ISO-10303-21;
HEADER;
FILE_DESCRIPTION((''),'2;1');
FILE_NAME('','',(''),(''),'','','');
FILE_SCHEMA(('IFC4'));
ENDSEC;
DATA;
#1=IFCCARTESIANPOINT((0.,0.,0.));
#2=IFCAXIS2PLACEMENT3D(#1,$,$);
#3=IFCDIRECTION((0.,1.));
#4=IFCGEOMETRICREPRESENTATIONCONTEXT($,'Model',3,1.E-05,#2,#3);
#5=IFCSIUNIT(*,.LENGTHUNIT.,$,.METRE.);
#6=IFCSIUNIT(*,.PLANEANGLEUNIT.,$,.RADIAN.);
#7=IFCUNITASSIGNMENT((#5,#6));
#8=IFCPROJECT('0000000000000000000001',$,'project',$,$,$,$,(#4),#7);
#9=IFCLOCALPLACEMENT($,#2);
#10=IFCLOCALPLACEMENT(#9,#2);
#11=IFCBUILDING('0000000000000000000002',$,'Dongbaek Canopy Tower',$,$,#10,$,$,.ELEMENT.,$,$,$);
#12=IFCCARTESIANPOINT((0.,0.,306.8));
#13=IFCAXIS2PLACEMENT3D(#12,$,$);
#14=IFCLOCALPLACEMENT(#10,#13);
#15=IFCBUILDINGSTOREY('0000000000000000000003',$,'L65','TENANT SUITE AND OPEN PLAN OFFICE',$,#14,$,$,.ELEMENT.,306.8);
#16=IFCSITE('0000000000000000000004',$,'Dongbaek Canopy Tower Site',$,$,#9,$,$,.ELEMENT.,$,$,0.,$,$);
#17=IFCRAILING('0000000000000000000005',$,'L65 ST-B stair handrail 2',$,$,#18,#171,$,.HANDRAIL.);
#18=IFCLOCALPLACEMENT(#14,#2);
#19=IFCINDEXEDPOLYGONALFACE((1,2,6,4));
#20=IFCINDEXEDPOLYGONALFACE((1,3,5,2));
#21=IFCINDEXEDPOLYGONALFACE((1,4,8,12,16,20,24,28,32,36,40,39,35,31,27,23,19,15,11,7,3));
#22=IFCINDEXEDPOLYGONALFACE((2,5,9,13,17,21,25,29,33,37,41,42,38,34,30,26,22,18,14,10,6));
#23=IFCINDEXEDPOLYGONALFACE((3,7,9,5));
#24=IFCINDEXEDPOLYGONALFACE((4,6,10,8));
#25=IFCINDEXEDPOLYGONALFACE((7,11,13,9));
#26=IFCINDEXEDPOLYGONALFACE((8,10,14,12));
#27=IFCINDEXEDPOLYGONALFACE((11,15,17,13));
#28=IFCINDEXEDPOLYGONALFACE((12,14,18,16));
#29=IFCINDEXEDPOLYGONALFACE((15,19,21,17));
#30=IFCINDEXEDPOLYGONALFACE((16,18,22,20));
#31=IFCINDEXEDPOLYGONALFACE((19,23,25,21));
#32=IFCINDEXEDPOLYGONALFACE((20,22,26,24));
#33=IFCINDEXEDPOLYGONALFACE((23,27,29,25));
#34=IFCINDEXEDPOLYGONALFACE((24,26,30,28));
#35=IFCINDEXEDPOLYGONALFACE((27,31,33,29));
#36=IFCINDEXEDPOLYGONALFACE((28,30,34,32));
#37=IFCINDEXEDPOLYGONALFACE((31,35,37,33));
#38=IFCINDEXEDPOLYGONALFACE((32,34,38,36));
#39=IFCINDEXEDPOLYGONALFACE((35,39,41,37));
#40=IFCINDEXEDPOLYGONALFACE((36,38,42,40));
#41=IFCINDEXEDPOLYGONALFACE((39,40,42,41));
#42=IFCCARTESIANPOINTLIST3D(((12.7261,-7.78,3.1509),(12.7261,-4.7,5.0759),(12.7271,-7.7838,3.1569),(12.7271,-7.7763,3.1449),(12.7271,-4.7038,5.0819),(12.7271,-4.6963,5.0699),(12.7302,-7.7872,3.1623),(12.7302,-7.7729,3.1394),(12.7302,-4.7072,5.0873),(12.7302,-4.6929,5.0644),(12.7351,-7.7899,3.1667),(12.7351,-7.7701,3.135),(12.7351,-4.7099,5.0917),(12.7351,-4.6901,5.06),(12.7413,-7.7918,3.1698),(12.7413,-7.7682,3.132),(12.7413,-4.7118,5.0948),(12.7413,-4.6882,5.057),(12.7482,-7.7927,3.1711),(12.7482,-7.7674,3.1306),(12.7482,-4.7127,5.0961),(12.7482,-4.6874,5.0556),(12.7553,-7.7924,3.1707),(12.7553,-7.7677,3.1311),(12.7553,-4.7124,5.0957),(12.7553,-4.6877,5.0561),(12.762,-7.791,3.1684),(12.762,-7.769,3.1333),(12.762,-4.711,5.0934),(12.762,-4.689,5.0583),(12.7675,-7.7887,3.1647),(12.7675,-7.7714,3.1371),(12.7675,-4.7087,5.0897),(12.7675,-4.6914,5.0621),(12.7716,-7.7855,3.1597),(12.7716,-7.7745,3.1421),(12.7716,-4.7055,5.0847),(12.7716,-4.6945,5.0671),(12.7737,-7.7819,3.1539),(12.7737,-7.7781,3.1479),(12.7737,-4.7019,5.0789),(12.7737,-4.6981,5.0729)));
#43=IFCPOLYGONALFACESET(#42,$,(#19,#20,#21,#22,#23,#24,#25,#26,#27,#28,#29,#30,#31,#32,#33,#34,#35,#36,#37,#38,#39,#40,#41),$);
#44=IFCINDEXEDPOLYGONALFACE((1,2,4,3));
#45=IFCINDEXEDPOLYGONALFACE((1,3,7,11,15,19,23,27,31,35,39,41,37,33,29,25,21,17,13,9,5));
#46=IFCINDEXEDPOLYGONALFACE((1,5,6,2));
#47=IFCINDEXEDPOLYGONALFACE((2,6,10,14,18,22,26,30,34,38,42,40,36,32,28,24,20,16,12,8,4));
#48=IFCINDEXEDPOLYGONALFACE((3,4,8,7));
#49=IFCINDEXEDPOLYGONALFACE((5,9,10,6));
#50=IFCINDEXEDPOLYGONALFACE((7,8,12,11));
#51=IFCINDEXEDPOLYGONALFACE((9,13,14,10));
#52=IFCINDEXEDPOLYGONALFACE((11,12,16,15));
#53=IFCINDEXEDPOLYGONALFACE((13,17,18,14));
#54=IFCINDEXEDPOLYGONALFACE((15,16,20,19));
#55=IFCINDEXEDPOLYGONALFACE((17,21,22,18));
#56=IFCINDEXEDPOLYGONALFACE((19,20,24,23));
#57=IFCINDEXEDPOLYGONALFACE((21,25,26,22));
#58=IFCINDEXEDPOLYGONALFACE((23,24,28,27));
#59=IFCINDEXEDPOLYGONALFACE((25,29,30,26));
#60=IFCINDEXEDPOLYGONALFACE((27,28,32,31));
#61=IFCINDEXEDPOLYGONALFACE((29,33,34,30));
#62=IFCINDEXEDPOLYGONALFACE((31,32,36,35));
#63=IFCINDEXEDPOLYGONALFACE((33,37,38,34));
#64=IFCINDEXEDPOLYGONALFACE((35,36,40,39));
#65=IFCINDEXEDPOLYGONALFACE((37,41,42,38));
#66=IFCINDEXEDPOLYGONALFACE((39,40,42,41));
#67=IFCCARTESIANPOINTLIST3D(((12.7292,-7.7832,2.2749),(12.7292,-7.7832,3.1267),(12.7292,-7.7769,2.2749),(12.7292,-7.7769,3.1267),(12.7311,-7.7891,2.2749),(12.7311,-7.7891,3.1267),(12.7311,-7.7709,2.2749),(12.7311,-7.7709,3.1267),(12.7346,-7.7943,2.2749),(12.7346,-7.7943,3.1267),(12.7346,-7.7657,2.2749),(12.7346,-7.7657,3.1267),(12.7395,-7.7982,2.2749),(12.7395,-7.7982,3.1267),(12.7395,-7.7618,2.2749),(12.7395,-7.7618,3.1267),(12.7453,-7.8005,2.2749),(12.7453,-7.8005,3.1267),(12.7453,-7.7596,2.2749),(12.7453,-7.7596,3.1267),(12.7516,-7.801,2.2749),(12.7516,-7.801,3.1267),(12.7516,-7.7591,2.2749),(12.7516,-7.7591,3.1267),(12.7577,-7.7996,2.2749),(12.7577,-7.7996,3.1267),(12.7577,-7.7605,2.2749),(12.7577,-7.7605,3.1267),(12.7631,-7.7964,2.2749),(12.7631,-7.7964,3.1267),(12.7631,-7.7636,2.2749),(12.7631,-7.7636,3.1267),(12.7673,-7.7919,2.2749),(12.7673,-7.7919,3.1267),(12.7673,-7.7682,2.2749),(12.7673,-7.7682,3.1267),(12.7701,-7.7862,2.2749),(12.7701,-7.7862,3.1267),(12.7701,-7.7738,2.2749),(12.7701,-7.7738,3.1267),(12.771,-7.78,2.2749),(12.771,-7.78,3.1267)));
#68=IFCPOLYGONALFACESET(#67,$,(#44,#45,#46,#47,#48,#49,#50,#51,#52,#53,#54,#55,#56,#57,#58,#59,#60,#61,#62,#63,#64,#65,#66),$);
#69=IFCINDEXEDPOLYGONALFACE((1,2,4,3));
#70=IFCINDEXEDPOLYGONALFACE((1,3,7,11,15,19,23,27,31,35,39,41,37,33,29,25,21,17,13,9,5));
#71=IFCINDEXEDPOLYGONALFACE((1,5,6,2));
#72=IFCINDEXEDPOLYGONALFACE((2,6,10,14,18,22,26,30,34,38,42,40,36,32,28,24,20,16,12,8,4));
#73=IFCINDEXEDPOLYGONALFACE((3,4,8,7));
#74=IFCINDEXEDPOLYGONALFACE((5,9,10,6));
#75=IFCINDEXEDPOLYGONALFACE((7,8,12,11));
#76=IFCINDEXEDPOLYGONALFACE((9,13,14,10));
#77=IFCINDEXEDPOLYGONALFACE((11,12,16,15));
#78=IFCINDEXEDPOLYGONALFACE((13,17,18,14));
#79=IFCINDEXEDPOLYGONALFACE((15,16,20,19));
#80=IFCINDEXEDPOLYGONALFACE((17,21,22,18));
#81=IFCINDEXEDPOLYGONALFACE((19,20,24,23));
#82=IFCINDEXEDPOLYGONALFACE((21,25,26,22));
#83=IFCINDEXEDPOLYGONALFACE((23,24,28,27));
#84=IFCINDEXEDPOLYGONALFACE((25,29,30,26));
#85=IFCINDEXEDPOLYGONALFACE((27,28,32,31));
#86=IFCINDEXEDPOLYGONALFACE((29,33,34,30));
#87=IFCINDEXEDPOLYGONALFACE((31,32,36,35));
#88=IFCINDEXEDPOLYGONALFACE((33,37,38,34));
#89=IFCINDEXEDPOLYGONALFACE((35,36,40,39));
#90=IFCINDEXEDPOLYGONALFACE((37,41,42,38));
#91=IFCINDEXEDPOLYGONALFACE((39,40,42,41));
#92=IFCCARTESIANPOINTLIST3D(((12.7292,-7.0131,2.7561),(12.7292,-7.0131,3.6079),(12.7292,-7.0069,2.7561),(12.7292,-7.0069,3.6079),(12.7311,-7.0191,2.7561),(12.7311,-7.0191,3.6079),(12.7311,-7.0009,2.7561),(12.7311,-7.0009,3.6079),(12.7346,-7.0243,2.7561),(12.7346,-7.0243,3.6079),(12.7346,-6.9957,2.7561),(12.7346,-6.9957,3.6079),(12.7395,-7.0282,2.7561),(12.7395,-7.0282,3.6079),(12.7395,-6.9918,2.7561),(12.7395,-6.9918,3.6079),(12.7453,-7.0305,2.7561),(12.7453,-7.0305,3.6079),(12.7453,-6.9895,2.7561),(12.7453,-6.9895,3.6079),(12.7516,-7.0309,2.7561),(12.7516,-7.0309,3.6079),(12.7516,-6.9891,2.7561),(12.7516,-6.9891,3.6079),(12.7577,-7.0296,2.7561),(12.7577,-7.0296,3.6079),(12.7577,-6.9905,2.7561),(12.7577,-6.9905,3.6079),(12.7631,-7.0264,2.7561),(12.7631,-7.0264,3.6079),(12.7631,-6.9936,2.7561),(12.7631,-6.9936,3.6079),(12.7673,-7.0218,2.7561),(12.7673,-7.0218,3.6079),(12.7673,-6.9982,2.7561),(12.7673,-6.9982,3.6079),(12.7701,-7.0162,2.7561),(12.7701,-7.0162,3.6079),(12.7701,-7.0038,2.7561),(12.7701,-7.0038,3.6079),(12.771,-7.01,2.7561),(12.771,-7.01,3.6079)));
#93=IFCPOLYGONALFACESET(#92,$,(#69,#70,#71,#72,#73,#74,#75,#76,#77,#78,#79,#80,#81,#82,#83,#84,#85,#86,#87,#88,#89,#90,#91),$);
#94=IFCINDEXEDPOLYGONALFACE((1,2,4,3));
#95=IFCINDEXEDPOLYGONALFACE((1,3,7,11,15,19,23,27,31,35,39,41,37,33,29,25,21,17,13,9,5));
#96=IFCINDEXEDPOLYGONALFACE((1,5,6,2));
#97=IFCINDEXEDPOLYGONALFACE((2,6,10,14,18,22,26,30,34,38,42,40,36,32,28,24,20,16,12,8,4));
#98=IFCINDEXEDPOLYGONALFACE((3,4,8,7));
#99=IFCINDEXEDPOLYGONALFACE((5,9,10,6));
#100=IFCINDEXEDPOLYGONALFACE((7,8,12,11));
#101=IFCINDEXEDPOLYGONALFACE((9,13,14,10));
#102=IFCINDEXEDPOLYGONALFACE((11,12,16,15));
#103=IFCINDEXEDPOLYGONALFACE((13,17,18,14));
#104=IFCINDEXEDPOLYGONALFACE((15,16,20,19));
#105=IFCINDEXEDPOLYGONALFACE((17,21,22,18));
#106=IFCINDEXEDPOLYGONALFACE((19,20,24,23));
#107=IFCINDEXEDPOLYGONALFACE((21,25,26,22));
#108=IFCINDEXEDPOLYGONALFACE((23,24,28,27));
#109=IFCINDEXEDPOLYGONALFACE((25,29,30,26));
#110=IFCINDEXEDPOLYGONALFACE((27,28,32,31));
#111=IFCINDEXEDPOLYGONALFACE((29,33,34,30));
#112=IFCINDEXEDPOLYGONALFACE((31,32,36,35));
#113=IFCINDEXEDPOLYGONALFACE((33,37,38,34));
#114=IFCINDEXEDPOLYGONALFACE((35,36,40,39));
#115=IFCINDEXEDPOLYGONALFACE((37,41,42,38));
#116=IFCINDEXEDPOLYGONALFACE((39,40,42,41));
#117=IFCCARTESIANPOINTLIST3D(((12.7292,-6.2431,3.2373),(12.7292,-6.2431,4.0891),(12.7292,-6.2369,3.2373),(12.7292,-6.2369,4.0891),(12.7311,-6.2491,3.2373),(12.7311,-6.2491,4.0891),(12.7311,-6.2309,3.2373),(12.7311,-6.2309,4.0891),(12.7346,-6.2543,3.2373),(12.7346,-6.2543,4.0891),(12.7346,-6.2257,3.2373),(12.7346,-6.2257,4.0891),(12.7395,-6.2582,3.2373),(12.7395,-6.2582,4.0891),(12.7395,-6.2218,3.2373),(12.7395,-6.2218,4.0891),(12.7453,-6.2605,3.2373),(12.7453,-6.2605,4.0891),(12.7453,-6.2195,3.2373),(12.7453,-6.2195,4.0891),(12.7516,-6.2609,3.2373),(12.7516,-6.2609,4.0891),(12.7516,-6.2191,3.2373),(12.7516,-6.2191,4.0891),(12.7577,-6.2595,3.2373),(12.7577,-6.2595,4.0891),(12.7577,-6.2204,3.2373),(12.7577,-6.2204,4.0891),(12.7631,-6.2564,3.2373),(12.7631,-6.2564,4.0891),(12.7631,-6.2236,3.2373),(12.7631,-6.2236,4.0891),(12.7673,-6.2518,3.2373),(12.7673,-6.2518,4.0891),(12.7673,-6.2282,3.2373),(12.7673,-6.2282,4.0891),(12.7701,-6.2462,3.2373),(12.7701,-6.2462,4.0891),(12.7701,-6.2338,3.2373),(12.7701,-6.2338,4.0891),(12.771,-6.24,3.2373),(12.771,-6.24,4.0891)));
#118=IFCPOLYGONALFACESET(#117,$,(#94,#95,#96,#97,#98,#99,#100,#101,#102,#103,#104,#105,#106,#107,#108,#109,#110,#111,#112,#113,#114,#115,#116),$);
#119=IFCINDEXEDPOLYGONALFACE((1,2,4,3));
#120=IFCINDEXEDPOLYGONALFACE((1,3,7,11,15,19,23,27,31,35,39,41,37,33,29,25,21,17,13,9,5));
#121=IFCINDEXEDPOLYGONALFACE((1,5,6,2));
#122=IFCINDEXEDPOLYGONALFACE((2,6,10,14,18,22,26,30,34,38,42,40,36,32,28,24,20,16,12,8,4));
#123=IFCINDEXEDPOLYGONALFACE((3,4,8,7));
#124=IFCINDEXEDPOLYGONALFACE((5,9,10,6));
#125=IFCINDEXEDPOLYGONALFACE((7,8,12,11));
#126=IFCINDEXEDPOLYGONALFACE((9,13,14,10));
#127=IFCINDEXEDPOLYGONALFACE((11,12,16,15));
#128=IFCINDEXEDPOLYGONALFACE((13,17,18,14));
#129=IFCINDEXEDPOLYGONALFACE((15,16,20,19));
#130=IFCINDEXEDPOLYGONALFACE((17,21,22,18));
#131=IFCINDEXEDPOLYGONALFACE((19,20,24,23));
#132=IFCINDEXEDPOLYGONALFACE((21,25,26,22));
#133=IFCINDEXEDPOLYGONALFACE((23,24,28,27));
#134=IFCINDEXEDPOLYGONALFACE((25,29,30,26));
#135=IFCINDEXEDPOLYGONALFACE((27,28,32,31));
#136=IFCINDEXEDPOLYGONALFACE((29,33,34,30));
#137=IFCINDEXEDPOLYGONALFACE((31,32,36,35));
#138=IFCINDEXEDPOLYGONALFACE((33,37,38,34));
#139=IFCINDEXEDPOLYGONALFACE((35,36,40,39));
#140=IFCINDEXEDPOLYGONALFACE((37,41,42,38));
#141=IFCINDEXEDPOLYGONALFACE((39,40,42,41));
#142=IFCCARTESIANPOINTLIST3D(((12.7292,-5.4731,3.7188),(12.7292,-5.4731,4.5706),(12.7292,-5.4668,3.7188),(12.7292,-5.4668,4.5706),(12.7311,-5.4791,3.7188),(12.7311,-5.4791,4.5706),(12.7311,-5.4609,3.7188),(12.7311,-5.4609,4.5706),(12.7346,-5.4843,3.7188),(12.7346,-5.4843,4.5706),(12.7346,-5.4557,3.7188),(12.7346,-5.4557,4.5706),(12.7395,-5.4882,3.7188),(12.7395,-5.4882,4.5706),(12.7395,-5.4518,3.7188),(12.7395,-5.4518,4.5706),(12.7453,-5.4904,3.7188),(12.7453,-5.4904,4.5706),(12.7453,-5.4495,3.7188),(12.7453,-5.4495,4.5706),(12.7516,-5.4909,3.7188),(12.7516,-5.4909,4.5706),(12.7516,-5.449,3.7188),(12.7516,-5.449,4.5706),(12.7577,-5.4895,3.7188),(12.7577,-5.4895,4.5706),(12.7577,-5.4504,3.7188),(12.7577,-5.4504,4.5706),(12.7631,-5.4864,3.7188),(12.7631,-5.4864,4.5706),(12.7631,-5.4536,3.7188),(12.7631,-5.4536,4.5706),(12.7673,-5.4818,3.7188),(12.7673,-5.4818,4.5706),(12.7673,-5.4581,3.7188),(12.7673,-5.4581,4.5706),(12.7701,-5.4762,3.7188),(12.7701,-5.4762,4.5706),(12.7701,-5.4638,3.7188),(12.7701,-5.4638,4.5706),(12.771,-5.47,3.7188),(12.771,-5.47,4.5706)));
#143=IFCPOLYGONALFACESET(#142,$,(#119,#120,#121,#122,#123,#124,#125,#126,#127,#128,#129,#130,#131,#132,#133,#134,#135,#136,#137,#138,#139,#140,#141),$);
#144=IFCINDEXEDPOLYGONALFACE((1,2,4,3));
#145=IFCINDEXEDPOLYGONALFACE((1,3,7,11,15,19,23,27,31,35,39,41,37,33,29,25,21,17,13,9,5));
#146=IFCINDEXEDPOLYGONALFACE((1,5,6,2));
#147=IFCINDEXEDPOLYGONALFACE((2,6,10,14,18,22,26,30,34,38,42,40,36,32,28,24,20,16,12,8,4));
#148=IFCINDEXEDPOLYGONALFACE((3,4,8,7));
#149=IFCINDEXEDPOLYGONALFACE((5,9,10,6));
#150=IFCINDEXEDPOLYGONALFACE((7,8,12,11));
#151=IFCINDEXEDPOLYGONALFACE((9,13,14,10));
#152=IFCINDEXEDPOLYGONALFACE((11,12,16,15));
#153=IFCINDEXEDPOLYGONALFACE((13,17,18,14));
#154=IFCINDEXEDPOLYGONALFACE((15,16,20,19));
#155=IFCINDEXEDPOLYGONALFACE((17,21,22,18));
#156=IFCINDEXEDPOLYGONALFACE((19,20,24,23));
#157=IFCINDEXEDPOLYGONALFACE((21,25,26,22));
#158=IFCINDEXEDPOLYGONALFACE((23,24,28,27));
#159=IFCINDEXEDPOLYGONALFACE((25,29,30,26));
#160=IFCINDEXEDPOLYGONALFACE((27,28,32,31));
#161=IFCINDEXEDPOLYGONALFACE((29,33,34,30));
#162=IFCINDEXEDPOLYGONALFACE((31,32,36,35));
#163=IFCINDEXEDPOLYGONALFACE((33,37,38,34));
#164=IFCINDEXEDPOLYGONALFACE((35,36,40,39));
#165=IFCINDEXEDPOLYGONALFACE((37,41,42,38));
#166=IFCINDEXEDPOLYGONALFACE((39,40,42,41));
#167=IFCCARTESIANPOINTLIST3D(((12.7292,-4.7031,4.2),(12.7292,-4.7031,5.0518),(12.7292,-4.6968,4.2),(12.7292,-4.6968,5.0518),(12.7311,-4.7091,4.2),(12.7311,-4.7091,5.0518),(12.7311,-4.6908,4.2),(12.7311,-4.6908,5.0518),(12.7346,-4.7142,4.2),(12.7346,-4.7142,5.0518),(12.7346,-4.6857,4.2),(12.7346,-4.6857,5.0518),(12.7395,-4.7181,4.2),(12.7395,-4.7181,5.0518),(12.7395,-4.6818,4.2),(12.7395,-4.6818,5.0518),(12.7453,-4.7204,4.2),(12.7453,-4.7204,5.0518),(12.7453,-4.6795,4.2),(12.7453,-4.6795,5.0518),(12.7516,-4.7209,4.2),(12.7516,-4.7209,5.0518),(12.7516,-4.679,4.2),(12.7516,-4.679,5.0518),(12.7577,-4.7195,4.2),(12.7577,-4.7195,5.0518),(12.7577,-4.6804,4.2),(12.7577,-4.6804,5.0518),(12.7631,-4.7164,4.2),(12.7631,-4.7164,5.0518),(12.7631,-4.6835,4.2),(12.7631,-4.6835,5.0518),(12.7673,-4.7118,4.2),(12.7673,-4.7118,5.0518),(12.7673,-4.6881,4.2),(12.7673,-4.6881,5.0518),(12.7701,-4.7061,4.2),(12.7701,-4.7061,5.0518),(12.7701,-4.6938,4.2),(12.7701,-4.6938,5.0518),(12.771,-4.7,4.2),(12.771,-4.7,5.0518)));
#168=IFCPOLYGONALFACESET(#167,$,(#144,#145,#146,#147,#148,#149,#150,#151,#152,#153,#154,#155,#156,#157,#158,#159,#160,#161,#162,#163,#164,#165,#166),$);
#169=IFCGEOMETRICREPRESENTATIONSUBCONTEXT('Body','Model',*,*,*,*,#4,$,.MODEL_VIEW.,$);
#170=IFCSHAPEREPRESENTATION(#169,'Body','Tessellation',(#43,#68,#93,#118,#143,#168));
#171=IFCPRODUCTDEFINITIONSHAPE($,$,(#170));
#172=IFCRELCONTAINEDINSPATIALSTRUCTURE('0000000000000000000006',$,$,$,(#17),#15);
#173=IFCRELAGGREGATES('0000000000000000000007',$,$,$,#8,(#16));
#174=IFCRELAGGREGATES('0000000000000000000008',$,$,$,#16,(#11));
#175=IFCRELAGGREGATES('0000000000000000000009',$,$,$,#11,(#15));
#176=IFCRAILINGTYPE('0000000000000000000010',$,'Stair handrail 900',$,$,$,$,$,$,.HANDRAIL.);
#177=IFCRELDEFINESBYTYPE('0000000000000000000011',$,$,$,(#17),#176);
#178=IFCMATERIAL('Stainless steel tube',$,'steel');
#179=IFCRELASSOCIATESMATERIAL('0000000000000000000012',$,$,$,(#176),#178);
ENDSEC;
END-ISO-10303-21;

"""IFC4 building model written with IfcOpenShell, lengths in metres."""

from ifc_helpers import new_model, si_unit, direction, frame, origin, origin_2d, place, context, subcontext, project, spatial, circle, extrude, material, type_object, element, save


model = new_model("IFC4")

# Units and contexts
model_context = context("Model", 3, precision=1e-05, world=origin(), true_north=direction((0.0, 1.0)))
body_context = subcontext(model_context, "Body", "Model", "MODEL_VIEW")
ifc_project = project(units=[si_unit("LENGTHUNIT", "METRE"), si_unit("PLANEANGLEUNIT", "RADIAN")], contexts=[model_context])

# Site, building, storey
site_placement = place(None, origin())
site = spatial("IfcSite", under=ifc_project, at=site_placement, Name="Dongbaek Canopy Tower Site", CompositionType="ELEMENT", RefElevation=0.0)
building_placement = place(site_placement, origin())
building = spatial("IfcBuilding", under=site, at=building_placement, Name="Dongbaek Canopy Tower", CompositionType="ELEMENT")
storey_placement = place(building_placement, frame((0.0, 0.0, 306.8)))
storey = spatial("IfcBuildingStorey", under=building, at=storey_placement, Name="L65", Description="TENANT SUITE AND OPEN PLAN OFFICE", CompositionType="ELEMENT", Elevation=306.8)

# Railing
ifc_material_1 = material(Name="Stainless steel tube", Category="steel")
railing_type_1 = type_object("IfcRailingType", Name="Stair handrail 900", PredefinedType="HANDRAIL", material=ifc_material_1)
railing_1_placement = place(storey_placement, frame((12.75, -7.78, 2.2749)))
element("IfcRailing", 1, at=railing_1_placement, inside=storey, type_object=railing_type_1, Name="L65 ST-B stair handrail 2", PredefinedType="HANDRAIL", context=body_context, shape_type="SweptSolid", body=[
    extrude(circle(Radius=0.0239, at=origin_2d()), frame((0.0, 0.0, 0.876), z_axis=(0.0, 0.847998, 0.529999), x_axis=(-1.0, 0.0, 0.0)), (0.0, 0.0, 1.0), 3.6321),
    extrude(circle(Radius=0.021, at=origin_2d()), origin(), (0.0, 0.0, 1.0), 0.8518),
    extrude(circle(Radius=0.021, at=origin_2d()), frame((0.0, 0.77, 0.4812)), (0.0, 0.0, 1.0), 0.8518),
    extrude(circle(Radius=0.021, at=origin_2d()), frame((0.0, 1.54, 0.9624)), (0.0, 0.0, 1.0), 0.8518),
    extrude(circle(Radius=0.021, at=origin_2d()), frame((0.0, 2.3101, 1.4438)), (0.0, 0.0, 1.0), 0.8518),
    extrude(circle(Radius=0.021, at=origin_2d()), frame((0.0, 3.0801, 1.925)), (0.0, 0.0, 1.0), 0.8518),
])

save(model, "model.ifc")
